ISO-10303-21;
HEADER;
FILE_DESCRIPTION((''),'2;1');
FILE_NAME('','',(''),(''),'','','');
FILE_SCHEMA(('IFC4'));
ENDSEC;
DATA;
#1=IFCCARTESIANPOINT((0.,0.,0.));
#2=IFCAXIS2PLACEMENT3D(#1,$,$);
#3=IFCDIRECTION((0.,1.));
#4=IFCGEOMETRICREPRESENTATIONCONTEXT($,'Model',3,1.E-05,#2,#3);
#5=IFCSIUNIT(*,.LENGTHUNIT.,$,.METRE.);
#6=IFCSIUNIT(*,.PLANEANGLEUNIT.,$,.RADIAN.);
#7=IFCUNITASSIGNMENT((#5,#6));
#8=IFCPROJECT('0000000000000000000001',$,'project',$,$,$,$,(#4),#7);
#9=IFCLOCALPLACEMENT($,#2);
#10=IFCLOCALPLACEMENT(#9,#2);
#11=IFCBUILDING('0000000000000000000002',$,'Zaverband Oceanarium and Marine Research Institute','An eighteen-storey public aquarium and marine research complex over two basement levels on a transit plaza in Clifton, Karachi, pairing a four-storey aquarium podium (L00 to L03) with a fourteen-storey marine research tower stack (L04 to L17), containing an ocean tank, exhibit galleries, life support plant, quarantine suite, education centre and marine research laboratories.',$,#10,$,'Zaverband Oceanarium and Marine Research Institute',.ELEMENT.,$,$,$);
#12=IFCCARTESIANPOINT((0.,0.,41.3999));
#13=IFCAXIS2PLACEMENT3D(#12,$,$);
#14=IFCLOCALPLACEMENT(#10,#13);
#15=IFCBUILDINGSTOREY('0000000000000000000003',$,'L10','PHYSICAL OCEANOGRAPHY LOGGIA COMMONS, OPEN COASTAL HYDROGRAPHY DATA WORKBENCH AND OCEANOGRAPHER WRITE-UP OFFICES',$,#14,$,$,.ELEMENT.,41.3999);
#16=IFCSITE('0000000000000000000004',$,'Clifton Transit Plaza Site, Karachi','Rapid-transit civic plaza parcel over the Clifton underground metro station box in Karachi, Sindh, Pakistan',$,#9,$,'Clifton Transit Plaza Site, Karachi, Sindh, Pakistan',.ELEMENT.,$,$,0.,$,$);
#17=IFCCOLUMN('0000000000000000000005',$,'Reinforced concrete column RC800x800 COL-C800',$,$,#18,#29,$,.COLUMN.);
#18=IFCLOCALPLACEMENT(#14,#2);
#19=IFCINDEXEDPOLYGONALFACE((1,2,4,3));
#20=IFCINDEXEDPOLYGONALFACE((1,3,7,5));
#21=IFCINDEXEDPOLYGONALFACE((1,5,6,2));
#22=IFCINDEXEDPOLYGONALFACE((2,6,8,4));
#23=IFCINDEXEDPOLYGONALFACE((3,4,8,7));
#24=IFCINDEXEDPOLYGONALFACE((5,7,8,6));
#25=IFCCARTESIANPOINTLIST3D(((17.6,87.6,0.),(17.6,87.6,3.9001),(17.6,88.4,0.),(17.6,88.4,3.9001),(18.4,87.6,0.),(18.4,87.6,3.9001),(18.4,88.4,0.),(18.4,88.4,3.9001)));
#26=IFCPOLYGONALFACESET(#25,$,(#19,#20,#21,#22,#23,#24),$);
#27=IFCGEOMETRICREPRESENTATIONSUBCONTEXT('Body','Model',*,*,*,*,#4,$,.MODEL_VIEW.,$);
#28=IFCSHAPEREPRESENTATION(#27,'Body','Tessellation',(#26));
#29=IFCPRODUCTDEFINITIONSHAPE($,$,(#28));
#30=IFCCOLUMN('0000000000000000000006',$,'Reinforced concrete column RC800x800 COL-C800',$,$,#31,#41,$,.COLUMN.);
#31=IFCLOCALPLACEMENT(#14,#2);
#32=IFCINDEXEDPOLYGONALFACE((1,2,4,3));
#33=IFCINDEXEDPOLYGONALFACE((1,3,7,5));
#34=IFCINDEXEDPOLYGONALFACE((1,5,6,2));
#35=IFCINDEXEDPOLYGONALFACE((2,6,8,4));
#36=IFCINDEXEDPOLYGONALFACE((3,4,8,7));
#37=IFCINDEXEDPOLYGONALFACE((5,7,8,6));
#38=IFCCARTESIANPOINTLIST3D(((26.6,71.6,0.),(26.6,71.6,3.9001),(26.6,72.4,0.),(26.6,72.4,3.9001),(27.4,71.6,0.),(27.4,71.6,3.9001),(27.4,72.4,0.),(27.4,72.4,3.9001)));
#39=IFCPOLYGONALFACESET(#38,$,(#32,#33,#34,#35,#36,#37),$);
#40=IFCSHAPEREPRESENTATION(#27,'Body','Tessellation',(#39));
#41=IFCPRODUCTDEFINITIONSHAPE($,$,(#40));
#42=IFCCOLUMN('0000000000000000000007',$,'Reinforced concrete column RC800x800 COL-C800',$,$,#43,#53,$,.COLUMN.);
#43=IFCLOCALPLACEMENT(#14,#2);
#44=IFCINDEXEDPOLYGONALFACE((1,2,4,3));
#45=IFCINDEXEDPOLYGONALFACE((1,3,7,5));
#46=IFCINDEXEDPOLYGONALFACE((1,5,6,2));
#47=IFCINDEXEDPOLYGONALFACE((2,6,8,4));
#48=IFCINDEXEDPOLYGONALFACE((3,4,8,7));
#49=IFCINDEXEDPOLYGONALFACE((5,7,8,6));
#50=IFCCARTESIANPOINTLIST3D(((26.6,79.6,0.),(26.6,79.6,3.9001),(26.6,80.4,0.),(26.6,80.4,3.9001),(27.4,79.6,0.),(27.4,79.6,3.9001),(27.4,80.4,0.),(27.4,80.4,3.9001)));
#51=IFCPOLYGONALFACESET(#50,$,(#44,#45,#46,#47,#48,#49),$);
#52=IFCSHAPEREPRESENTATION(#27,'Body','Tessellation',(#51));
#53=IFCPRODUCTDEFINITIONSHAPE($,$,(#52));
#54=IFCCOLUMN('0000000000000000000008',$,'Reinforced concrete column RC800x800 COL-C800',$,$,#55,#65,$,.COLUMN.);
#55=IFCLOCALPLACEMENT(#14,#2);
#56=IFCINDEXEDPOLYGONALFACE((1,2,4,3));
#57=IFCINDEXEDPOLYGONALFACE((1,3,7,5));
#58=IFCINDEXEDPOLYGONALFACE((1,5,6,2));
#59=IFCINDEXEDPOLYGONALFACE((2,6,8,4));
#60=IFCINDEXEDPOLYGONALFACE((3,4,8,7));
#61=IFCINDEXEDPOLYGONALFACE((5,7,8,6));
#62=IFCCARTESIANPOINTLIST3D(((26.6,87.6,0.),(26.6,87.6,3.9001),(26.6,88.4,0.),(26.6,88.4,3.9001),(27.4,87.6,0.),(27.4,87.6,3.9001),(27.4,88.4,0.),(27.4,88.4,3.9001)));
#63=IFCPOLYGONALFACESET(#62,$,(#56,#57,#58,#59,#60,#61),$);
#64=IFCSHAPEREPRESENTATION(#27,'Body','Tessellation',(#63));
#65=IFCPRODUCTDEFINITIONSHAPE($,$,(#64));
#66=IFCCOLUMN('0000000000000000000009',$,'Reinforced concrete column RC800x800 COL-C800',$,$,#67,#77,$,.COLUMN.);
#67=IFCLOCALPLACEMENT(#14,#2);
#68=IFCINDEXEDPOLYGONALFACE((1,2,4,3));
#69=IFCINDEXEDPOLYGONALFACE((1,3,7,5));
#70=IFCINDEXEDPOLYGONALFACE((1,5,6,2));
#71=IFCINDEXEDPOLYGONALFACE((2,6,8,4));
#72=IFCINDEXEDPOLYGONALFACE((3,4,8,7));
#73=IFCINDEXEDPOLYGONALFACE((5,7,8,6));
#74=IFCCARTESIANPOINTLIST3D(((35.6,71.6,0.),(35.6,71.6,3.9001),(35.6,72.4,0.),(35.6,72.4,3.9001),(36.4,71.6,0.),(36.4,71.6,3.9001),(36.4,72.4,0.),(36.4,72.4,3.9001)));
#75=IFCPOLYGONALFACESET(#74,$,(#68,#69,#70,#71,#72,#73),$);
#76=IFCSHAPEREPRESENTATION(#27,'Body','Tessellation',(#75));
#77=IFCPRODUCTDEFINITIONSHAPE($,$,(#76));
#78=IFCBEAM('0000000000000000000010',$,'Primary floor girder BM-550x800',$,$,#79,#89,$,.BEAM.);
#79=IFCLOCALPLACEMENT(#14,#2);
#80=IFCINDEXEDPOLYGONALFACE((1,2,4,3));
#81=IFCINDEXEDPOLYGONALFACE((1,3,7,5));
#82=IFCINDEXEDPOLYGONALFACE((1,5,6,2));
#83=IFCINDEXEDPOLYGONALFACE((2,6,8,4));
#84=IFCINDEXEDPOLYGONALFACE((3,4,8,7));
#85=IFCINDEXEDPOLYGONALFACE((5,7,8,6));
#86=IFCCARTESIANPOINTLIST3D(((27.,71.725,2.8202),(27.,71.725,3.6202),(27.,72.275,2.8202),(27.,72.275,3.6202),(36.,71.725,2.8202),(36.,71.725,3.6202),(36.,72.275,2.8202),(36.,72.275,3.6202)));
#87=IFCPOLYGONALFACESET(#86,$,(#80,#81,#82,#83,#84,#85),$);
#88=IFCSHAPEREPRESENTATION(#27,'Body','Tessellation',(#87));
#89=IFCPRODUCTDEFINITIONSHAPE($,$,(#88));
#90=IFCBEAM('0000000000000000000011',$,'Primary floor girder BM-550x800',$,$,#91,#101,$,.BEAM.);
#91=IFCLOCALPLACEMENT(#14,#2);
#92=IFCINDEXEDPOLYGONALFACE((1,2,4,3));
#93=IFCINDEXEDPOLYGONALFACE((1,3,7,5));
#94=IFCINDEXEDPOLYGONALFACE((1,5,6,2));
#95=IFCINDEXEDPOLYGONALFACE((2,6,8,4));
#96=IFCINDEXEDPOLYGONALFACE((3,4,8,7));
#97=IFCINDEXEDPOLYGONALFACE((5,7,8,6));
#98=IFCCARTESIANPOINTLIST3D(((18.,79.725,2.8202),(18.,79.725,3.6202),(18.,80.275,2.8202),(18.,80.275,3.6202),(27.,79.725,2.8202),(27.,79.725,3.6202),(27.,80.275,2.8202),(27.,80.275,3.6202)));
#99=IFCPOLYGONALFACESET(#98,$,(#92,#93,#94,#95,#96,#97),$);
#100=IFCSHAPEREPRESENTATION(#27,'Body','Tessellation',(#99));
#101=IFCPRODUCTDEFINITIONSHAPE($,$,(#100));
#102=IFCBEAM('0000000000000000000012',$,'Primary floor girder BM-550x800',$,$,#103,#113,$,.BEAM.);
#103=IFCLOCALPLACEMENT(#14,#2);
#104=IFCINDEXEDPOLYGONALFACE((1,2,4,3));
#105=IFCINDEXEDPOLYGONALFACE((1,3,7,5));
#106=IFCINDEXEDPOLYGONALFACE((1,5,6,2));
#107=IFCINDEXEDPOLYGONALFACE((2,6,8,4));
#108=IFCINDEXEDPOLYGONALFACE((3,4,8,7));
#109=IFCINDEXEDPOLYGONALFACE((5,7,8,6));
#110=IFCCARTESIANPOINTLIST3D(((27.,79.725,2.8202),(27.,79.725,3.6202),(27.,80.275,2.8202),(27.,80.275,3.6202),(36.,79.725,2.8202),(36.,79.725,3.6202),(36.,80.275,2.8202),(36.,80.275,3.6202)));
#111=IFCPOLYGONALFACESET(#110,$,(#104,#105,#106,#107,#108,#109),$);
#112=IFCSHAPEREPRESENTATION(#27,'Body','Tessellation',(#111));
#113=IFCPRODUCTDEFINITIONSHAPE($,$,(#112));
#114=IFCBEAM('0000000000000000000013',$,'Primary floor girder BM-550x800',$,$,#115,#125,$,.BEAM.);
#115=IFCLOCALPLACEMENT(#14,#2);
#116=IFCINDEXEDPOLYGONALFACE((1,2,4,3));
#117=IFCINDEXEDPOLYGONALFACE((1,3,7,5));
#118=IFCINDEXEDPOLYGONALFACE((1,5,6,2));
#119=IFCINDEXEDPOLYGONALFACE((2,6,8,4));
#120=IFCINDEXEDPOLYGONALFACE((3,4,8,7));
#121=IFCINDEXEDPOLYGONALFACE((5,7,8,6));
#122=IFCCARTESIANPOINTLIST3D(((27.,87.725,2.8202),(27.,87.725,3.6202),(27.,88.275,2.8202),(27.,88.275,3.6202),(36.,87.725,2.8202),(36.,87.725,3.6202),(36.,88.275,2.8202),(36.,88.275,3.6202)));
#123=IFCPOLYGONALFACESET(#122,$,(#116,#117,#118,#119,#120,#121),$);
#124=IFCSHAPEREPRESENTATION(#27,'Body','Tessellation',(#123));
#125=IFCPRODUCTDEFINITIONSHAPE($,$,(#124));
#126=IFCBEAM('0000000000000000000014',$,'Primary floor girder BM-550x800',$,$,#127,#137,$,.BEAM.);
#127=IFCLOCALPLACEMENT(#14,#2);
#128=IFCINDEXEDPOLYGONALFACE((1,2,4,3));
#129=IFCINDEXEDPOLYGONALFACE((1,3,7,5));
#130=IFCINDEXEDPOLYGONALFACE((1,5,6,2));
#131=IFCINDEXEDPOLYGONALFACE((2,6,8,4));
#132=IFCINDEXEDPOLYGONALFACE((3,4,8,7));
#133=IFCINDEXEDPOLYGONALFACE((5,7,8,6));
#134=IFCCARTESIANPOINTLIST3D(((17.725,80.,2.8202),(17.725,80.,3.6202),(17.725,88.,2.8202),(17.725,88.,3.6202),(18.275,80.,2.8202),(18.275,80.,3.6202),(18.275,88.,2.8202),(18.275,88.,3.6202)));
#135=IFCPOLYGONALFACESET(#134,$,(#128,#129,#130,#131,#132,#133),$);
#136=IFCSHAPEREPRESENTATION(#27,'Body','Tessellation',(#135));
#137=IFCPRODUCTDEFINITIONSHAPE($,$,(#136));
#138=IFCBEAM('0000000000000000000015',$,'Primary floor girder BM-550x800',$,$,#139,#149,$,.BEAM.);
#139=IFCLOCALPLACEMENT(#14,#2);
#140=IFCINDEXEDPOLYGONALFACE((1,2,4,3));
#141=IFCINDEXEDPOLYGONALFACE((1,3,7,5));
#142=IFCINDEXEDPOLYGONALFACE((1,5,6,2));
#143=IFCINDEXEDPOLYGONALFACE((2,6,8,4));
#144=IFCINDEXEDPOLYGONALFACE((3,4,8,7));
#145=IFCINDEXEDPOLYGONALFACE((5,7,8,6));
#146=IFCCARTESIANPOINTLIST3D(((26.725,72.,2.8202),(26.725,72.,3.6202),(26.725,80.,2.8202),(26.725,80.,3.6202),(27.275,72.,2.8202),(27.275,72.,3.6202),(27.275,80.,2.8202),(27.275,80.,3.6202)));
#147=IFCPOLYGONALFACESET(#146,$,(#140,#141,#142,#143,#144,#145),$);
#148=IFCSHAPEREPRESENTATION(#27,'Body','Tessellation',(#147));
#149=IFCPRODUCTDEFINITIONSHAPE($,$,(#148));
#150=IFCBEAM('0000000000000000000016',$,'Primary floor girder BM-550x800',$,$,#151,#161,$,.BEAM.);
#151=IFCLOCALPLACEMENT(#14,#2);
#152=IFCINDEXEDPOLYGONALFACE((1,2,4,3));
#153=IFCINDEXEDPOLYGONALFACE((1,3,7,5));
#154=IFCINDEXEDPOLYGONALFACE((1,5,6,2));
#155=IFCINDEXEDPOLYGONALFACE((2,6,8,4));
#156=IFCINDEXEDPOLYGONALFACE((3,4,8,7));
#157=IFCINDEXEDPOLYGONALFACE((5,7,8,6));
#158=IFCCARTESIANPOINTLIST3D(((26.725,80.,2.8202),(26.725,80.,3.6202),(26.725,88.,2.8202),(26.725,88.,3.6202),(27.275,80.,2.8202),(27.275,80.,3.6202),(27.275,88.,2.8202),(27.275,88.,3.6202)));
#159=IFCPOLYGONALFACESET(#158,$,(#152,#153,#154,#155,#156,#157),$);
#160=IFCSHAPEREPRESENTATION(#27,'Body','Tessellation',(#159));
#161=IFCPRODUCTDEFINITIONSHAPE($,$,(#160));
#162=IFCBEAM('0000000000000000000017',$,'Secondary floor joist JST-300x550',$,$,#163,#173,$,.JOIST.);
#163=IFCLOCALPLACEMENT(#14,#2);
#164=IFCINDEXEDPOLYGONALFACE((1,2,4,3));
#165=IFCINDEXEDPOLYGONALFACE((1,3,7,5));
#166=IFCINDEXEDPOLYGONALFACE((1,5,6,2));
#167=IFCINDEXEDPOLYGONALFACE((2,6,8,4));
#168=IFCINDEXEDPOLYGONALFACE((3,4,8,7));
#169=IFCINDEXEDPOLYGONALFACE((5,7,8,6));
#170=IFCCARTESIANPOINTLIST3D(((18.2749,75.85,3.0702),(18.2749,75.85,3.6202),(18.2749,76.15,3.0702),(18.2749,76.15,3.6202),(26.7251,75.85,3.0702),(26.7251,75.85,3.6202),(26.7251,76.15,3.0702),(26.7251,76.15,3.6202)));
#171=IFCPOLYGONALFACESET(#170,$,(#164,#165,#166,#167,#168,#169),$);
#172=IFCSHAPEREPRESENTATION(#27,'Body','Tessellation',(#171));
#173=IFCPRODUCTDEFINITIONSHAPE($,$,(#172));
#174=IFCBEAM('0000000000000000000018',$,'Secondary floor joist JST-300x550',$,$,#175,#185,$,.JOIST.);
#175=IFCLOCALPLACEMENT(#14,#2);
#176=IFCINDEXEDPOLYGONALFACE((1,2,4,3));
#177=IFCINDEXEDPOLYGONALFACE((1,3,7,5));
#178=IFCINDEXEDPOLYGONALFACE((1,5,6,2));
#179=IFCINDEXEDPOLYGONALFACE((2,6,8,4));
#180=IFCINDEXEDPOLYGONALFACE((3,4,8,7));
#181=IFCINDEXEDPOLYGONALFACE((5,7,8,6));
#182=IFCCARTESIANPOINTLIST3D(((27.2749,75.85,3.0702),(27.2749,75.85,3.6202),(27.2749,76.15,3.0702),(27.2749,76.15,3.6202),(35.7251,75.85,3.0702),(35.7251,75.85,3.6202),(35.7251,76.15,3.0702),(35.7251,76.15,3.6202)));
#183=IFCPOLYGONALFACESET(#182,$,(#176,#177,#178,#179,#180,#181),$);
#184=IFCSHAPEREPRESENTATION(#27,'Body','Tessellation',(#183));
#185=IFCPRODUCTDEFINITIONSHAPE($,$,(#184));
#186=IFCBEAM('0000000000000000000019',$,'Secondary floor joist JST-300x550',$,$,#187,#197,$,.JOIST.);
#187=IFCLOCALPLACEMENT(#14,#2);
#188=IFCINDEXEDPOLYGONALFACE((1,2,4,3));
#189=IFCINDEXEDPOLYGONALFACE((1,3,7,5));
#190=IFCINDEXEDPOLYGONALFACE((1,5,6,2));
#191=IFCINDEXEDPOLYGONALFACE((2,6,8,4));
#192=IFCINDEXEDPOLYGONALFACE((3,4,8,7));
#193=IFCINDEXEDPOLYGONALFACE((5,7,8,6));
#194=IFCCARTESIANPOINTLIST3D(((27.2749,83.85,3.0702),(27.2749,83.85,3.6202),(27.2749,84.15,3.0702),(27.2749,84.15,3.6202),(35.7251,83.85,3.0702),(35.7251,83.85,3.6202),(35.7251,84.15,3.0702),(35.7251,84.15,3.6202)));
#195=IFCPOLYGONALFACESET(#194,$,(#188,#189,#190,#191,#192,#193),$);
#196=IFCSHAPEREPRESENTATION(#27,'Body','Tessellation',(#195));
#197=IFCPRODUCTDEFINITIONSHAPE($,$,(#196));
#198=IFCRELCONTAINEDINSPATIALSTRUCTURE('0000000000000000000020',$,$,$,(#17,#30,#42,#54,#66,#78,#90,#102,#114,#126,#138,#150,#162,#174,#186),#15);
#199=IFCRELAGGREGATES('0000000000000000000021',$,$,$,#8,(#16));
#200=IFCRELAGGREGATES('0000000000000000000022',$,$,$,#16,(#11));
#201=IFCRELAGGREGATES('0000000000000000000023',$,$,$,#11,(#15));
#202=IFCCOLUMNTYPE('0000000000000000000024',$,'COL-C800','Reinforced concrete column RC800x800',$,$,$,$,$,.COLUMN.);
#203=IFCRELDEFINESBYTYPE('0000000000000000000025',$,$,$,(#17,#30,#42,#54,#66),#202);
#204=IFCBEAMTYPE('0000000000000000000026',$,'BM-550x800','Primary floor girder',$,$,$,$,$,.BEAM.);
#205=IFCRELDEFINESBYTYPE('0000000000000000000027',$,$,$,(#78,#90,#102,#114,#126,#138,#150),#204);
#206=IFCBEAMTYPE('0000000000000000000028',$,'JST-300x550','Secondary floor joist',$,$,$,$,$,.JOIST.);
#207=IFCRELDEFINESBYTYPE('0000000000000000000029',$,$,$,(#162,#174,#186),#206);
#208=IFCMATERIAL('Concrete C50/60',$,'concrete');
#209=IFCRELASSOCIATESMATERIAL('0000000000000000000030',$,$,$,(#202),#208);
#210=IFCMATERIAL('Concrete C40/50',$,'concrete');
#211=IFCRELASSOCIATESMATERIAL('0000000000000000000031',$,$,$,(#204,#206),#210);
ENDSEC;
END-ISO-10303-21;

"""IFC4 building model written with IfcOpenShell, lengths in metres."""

from ifc_helpers import new_model, si_unit, direction, frame, origin, origin_2d, place, context, subcontext, project, spatial, rectangle, extrude, material, material_profile, profile_set, type_object, element, save


model = new_model("IFC4")

# Units and contexts
model_context = context("Model", 3, precision=1e-05, world=origin(), true_north=direction((0.0, 1.0)))
body_context = subcontext(model_context, "Body", "Model", "MODEL_VIEW")
ifc_project = project(units=[si_unit("LENGTHUNIT", "METRE"), si_unit("PLANEANGLEUNIT", "RADIAN")], contexts=[model_context])

# Site, building, storey
site_placement = place(None, origin())
site = spatial("IfcSite", under=ifc_project, at=site_placement, Name="Clifton Transit Plaza Site, Karachi", Description="Rapid-transit civic plaza parcel over the Clifton underground metro station box in Karachi, Sindh, Pakistan", LongName="Clifton Transit Plaza Site, Karachi, Sindh, Pakistan", CompositionType="ELEMENT", RefElevation=0.0)
building_placement = place(site_placement, origin())
building = spatial("IfcBuilding", under=site, at=building_placement, Name="Zaverband Oceanarium and Marine Research Institute", Description="An eighteen-storey public aquarium and marine research complex over two basement levels on a transit plaza in Clifton, Karachi, pairing a four-storey aquarium podium (L00 to L03) with a fourteen-storey marine research tower stack (L04 to L17), containing an ocean tank, exhibit galleries, life support plant, quarantine suite, education centre and marine research laboratories.", LongName="Zaverband Oceanarium and Marine Research Institute", CompositionType="ELEMENT")
storey_placement = place(building_placement, frame((0.0, 0.0, 41.3999)))
storey = spatial("IfcBuildingStorey", under=building, at=storey_placement, Name="L10", Description="PHYSICAL OCEANOGRAPHY LOGGIA COMMONS, OPEN COASTAL HYDROGRAPHY DATA WORKBENCH AND OCEANOGRAPHER WRITE-UP OFFICES", CompositionType="ELEMENT", Elevation=41.3999)

# Columns
ifc_material_1 = material(Name="Concrete C50/60", Category="concrete")
ifc_material_profile_1 = material_profile(ifc_material_1, rectangle(XDim=0.8, YDim=0.8, at=origin_2d()), Name="RC800x800")
ifc_profile_set_1 = profile_set([ifc_material_profile_1], Name="Concrete C50/60")
column_type = type_object("IfcColumnType", Name="COL-C800", Description="Reinforced concrete column RC800x800", PredefinedType="COLUMN", material=ifc_profile_set_1)
for number, where, z_axis, x_axis, name in (
    (1, (18.0, 88.0, 0.0), (0.0, 0.0, 1.0), (1.0, 0.0, 0.0), "Reinforced concrete column RC800x800 COL-C800"),
    (2, (27.0, 72.0, 0.0), (0.0, 0.0, 1.0), (1.0, 0.0, 0.0), "Reinforced concrete column RC800x800 COL-C800"),
    (3, (27.0, 80.0, 0.0), (0.0, 0.0, 1.0), (1.0, 0.0, 0.0), "Reinforced concrete column RC800x800 COL-C800"),
    (4, (27.0, 88.0, 0.0), (0.0, 0.0, 1.0), (1.0, 0.0, 0.0), "Reinforced concrete column RC800x800 COL-C800"),
    (5, (36.0, 72.0, 0.0), (0.0, 0.0, 1.0), (1.0, 0.0, 0.0), "Reinforced concrete column RC800x800 COL-C800"),
):
    element("IfcColumn", number, at=place(storey_placement, frame(where, z_axis=z_axis, x_axis=x_axis)), inside=storey, type_object=column_type, Name=name, PredefinedType="COLUMN", context=body_context, shape_type="SweptSolid", body=[
        extrude(rectangle(XDim=0.8, YDim=0.8, at=origin_2d()), origin(), (0.0, 0.0, 1.0), 3.9001),
    ])

# Beams
ifc_material_2 = material(Name="Concrete C40/50", Category="concrete")
ifc_material_profile_2 = material_profile(ifc_material_2, rectangle(XDim=0.55, YDim=0.8, at=origin_2d()), Name="RC550x800")
ifc_profile_set_2 = profile_set([ifc_material_profile_2], Name="Concrete C40/50")
beam_type_1 = type_object("IfcBeamType", Name="BM-550x800", Description="Primary floor girder", PredefinedType="BEAM", material=ifc_profile_set_2)
for number, where, z_axis, x_axis, name in (
    (6, (27.0, 72.0, 3.2202), (1.0, 0.0, 0.0), (0.0, 1.0, 0.0), "Primary floor girder BM-550x800"),
    (7, (18.0, 80.0, 3.2202), (1.0, 0.0, 0.0), (0.0, 1.0, 0.0), "Primary floor girder BM-550x800"),
    (8, (27.0, 80.0, 3.2202), (1.0, 0.0, 0.0), (0.0, 1.0, 0.0), "Primary floor girder BM-550x800"),
    (9, (27.0, 88.0, 3.2202), (1.0, 0.0, 0.0), (0.0, 1.0, 0.0), "Primary floor girder BM-550x800"),
):
    element("IfcBeam", number, at=place(storey_placement, frame(where, z_axis=z_axis, x_axis=x_axis)), inside=storey, type_object=beam_type_1, Name=name, PredefinedType="BEAM", context=body_context, shape_type="SweptSolid", body=[
        extrude(rectangle(XDim=0.55, YDim=0.8, at=origin_2d()), origin(), (0.0, 0.0, 1.0), 9.0),
    ])
for number, where, z_axis, x_axis, name in (
    (10, (18.0, 80.0, 3.2202), (0.0, 1.0, 0.0), (-1.0, 0.0, 0.0), "Primary floor girder BM-550x800"),
    (11, (27.0, 72.0, 3.2202), (0.0, 1.0, 0.0), (-1.0, 0.0, 0.0), "Primary floor girder BM-550x800"),
    (12, (27.0, 80.0, 3.2202), (0.0, 1.0, 0.0), (-1.0, 0.0, 0.0), "Primary floor girder BM-550x800"),
):
    element("IfcBeam", number, at=place(storey_placement, frame(where, z_axis=z_axis, x_axis=x_axis)), inside=storey, type_object=beam_type_1, Name=name, PredefinedType="BEAM", context=body_context, shape_type="SweptSolid", body=[
        extrude(rectangle(XDim=0.55, YDim=0.8, at=origin_2d()), origin(), (0.0, 0.0, 1.0), 8.0),
    ])
ifc_material_profile_3 = material_profile(ifc_material_2, rectangle(XDim=0.3, YDim=0.55, at=origin_2d()), Name="RC300x550")
ifc_profile_set_3 = profile_set([ifc_material_profile_3], Name="Concrete C40/50")
beam_type_2 = type_object("IfcBeamType", Name="JST-300x550", Description="Secondary floor joist", PredefinedType="JOIST", material=ifc_profile_set_3)
for number, where, z_axis, x_axis, name in (
    (13, (18.2749, 76.0, 3.3452), (1.0, 0.0, 0.0), (0.0, 1.0, 0.0), "Secondary floor joist JST-300x550"),
    (14, (27.2749, 76.0, 3.3452), (1.0, 0.0, 0.0), (0.0, 1.0, 0.0), "Secondary floor joist JST-300x550"),
    (15, (27.2749, 84.0, 3.3452), (1.0, 0.0, 0.0), (0.0, 1.0, 0.0), "Secondary floor joist JST-300x550"),
):
    element("IfcBeam", number, at=place(storey_placement, frame(where, z_axis=z_axis, x_axis=x_axis)), inside=storey, type_object=beam_type_2, Name=name, PredefinedType="JOIST", context=body_context, shape_type="SweptSolid", body=[
        extrude(rectangle(XDim=0.3, YDim=0.55, at=origin_2d()), origin(), (0.0, 0.0, 1.0), 8.4502),
    ])

save(model, "model.ifc")
